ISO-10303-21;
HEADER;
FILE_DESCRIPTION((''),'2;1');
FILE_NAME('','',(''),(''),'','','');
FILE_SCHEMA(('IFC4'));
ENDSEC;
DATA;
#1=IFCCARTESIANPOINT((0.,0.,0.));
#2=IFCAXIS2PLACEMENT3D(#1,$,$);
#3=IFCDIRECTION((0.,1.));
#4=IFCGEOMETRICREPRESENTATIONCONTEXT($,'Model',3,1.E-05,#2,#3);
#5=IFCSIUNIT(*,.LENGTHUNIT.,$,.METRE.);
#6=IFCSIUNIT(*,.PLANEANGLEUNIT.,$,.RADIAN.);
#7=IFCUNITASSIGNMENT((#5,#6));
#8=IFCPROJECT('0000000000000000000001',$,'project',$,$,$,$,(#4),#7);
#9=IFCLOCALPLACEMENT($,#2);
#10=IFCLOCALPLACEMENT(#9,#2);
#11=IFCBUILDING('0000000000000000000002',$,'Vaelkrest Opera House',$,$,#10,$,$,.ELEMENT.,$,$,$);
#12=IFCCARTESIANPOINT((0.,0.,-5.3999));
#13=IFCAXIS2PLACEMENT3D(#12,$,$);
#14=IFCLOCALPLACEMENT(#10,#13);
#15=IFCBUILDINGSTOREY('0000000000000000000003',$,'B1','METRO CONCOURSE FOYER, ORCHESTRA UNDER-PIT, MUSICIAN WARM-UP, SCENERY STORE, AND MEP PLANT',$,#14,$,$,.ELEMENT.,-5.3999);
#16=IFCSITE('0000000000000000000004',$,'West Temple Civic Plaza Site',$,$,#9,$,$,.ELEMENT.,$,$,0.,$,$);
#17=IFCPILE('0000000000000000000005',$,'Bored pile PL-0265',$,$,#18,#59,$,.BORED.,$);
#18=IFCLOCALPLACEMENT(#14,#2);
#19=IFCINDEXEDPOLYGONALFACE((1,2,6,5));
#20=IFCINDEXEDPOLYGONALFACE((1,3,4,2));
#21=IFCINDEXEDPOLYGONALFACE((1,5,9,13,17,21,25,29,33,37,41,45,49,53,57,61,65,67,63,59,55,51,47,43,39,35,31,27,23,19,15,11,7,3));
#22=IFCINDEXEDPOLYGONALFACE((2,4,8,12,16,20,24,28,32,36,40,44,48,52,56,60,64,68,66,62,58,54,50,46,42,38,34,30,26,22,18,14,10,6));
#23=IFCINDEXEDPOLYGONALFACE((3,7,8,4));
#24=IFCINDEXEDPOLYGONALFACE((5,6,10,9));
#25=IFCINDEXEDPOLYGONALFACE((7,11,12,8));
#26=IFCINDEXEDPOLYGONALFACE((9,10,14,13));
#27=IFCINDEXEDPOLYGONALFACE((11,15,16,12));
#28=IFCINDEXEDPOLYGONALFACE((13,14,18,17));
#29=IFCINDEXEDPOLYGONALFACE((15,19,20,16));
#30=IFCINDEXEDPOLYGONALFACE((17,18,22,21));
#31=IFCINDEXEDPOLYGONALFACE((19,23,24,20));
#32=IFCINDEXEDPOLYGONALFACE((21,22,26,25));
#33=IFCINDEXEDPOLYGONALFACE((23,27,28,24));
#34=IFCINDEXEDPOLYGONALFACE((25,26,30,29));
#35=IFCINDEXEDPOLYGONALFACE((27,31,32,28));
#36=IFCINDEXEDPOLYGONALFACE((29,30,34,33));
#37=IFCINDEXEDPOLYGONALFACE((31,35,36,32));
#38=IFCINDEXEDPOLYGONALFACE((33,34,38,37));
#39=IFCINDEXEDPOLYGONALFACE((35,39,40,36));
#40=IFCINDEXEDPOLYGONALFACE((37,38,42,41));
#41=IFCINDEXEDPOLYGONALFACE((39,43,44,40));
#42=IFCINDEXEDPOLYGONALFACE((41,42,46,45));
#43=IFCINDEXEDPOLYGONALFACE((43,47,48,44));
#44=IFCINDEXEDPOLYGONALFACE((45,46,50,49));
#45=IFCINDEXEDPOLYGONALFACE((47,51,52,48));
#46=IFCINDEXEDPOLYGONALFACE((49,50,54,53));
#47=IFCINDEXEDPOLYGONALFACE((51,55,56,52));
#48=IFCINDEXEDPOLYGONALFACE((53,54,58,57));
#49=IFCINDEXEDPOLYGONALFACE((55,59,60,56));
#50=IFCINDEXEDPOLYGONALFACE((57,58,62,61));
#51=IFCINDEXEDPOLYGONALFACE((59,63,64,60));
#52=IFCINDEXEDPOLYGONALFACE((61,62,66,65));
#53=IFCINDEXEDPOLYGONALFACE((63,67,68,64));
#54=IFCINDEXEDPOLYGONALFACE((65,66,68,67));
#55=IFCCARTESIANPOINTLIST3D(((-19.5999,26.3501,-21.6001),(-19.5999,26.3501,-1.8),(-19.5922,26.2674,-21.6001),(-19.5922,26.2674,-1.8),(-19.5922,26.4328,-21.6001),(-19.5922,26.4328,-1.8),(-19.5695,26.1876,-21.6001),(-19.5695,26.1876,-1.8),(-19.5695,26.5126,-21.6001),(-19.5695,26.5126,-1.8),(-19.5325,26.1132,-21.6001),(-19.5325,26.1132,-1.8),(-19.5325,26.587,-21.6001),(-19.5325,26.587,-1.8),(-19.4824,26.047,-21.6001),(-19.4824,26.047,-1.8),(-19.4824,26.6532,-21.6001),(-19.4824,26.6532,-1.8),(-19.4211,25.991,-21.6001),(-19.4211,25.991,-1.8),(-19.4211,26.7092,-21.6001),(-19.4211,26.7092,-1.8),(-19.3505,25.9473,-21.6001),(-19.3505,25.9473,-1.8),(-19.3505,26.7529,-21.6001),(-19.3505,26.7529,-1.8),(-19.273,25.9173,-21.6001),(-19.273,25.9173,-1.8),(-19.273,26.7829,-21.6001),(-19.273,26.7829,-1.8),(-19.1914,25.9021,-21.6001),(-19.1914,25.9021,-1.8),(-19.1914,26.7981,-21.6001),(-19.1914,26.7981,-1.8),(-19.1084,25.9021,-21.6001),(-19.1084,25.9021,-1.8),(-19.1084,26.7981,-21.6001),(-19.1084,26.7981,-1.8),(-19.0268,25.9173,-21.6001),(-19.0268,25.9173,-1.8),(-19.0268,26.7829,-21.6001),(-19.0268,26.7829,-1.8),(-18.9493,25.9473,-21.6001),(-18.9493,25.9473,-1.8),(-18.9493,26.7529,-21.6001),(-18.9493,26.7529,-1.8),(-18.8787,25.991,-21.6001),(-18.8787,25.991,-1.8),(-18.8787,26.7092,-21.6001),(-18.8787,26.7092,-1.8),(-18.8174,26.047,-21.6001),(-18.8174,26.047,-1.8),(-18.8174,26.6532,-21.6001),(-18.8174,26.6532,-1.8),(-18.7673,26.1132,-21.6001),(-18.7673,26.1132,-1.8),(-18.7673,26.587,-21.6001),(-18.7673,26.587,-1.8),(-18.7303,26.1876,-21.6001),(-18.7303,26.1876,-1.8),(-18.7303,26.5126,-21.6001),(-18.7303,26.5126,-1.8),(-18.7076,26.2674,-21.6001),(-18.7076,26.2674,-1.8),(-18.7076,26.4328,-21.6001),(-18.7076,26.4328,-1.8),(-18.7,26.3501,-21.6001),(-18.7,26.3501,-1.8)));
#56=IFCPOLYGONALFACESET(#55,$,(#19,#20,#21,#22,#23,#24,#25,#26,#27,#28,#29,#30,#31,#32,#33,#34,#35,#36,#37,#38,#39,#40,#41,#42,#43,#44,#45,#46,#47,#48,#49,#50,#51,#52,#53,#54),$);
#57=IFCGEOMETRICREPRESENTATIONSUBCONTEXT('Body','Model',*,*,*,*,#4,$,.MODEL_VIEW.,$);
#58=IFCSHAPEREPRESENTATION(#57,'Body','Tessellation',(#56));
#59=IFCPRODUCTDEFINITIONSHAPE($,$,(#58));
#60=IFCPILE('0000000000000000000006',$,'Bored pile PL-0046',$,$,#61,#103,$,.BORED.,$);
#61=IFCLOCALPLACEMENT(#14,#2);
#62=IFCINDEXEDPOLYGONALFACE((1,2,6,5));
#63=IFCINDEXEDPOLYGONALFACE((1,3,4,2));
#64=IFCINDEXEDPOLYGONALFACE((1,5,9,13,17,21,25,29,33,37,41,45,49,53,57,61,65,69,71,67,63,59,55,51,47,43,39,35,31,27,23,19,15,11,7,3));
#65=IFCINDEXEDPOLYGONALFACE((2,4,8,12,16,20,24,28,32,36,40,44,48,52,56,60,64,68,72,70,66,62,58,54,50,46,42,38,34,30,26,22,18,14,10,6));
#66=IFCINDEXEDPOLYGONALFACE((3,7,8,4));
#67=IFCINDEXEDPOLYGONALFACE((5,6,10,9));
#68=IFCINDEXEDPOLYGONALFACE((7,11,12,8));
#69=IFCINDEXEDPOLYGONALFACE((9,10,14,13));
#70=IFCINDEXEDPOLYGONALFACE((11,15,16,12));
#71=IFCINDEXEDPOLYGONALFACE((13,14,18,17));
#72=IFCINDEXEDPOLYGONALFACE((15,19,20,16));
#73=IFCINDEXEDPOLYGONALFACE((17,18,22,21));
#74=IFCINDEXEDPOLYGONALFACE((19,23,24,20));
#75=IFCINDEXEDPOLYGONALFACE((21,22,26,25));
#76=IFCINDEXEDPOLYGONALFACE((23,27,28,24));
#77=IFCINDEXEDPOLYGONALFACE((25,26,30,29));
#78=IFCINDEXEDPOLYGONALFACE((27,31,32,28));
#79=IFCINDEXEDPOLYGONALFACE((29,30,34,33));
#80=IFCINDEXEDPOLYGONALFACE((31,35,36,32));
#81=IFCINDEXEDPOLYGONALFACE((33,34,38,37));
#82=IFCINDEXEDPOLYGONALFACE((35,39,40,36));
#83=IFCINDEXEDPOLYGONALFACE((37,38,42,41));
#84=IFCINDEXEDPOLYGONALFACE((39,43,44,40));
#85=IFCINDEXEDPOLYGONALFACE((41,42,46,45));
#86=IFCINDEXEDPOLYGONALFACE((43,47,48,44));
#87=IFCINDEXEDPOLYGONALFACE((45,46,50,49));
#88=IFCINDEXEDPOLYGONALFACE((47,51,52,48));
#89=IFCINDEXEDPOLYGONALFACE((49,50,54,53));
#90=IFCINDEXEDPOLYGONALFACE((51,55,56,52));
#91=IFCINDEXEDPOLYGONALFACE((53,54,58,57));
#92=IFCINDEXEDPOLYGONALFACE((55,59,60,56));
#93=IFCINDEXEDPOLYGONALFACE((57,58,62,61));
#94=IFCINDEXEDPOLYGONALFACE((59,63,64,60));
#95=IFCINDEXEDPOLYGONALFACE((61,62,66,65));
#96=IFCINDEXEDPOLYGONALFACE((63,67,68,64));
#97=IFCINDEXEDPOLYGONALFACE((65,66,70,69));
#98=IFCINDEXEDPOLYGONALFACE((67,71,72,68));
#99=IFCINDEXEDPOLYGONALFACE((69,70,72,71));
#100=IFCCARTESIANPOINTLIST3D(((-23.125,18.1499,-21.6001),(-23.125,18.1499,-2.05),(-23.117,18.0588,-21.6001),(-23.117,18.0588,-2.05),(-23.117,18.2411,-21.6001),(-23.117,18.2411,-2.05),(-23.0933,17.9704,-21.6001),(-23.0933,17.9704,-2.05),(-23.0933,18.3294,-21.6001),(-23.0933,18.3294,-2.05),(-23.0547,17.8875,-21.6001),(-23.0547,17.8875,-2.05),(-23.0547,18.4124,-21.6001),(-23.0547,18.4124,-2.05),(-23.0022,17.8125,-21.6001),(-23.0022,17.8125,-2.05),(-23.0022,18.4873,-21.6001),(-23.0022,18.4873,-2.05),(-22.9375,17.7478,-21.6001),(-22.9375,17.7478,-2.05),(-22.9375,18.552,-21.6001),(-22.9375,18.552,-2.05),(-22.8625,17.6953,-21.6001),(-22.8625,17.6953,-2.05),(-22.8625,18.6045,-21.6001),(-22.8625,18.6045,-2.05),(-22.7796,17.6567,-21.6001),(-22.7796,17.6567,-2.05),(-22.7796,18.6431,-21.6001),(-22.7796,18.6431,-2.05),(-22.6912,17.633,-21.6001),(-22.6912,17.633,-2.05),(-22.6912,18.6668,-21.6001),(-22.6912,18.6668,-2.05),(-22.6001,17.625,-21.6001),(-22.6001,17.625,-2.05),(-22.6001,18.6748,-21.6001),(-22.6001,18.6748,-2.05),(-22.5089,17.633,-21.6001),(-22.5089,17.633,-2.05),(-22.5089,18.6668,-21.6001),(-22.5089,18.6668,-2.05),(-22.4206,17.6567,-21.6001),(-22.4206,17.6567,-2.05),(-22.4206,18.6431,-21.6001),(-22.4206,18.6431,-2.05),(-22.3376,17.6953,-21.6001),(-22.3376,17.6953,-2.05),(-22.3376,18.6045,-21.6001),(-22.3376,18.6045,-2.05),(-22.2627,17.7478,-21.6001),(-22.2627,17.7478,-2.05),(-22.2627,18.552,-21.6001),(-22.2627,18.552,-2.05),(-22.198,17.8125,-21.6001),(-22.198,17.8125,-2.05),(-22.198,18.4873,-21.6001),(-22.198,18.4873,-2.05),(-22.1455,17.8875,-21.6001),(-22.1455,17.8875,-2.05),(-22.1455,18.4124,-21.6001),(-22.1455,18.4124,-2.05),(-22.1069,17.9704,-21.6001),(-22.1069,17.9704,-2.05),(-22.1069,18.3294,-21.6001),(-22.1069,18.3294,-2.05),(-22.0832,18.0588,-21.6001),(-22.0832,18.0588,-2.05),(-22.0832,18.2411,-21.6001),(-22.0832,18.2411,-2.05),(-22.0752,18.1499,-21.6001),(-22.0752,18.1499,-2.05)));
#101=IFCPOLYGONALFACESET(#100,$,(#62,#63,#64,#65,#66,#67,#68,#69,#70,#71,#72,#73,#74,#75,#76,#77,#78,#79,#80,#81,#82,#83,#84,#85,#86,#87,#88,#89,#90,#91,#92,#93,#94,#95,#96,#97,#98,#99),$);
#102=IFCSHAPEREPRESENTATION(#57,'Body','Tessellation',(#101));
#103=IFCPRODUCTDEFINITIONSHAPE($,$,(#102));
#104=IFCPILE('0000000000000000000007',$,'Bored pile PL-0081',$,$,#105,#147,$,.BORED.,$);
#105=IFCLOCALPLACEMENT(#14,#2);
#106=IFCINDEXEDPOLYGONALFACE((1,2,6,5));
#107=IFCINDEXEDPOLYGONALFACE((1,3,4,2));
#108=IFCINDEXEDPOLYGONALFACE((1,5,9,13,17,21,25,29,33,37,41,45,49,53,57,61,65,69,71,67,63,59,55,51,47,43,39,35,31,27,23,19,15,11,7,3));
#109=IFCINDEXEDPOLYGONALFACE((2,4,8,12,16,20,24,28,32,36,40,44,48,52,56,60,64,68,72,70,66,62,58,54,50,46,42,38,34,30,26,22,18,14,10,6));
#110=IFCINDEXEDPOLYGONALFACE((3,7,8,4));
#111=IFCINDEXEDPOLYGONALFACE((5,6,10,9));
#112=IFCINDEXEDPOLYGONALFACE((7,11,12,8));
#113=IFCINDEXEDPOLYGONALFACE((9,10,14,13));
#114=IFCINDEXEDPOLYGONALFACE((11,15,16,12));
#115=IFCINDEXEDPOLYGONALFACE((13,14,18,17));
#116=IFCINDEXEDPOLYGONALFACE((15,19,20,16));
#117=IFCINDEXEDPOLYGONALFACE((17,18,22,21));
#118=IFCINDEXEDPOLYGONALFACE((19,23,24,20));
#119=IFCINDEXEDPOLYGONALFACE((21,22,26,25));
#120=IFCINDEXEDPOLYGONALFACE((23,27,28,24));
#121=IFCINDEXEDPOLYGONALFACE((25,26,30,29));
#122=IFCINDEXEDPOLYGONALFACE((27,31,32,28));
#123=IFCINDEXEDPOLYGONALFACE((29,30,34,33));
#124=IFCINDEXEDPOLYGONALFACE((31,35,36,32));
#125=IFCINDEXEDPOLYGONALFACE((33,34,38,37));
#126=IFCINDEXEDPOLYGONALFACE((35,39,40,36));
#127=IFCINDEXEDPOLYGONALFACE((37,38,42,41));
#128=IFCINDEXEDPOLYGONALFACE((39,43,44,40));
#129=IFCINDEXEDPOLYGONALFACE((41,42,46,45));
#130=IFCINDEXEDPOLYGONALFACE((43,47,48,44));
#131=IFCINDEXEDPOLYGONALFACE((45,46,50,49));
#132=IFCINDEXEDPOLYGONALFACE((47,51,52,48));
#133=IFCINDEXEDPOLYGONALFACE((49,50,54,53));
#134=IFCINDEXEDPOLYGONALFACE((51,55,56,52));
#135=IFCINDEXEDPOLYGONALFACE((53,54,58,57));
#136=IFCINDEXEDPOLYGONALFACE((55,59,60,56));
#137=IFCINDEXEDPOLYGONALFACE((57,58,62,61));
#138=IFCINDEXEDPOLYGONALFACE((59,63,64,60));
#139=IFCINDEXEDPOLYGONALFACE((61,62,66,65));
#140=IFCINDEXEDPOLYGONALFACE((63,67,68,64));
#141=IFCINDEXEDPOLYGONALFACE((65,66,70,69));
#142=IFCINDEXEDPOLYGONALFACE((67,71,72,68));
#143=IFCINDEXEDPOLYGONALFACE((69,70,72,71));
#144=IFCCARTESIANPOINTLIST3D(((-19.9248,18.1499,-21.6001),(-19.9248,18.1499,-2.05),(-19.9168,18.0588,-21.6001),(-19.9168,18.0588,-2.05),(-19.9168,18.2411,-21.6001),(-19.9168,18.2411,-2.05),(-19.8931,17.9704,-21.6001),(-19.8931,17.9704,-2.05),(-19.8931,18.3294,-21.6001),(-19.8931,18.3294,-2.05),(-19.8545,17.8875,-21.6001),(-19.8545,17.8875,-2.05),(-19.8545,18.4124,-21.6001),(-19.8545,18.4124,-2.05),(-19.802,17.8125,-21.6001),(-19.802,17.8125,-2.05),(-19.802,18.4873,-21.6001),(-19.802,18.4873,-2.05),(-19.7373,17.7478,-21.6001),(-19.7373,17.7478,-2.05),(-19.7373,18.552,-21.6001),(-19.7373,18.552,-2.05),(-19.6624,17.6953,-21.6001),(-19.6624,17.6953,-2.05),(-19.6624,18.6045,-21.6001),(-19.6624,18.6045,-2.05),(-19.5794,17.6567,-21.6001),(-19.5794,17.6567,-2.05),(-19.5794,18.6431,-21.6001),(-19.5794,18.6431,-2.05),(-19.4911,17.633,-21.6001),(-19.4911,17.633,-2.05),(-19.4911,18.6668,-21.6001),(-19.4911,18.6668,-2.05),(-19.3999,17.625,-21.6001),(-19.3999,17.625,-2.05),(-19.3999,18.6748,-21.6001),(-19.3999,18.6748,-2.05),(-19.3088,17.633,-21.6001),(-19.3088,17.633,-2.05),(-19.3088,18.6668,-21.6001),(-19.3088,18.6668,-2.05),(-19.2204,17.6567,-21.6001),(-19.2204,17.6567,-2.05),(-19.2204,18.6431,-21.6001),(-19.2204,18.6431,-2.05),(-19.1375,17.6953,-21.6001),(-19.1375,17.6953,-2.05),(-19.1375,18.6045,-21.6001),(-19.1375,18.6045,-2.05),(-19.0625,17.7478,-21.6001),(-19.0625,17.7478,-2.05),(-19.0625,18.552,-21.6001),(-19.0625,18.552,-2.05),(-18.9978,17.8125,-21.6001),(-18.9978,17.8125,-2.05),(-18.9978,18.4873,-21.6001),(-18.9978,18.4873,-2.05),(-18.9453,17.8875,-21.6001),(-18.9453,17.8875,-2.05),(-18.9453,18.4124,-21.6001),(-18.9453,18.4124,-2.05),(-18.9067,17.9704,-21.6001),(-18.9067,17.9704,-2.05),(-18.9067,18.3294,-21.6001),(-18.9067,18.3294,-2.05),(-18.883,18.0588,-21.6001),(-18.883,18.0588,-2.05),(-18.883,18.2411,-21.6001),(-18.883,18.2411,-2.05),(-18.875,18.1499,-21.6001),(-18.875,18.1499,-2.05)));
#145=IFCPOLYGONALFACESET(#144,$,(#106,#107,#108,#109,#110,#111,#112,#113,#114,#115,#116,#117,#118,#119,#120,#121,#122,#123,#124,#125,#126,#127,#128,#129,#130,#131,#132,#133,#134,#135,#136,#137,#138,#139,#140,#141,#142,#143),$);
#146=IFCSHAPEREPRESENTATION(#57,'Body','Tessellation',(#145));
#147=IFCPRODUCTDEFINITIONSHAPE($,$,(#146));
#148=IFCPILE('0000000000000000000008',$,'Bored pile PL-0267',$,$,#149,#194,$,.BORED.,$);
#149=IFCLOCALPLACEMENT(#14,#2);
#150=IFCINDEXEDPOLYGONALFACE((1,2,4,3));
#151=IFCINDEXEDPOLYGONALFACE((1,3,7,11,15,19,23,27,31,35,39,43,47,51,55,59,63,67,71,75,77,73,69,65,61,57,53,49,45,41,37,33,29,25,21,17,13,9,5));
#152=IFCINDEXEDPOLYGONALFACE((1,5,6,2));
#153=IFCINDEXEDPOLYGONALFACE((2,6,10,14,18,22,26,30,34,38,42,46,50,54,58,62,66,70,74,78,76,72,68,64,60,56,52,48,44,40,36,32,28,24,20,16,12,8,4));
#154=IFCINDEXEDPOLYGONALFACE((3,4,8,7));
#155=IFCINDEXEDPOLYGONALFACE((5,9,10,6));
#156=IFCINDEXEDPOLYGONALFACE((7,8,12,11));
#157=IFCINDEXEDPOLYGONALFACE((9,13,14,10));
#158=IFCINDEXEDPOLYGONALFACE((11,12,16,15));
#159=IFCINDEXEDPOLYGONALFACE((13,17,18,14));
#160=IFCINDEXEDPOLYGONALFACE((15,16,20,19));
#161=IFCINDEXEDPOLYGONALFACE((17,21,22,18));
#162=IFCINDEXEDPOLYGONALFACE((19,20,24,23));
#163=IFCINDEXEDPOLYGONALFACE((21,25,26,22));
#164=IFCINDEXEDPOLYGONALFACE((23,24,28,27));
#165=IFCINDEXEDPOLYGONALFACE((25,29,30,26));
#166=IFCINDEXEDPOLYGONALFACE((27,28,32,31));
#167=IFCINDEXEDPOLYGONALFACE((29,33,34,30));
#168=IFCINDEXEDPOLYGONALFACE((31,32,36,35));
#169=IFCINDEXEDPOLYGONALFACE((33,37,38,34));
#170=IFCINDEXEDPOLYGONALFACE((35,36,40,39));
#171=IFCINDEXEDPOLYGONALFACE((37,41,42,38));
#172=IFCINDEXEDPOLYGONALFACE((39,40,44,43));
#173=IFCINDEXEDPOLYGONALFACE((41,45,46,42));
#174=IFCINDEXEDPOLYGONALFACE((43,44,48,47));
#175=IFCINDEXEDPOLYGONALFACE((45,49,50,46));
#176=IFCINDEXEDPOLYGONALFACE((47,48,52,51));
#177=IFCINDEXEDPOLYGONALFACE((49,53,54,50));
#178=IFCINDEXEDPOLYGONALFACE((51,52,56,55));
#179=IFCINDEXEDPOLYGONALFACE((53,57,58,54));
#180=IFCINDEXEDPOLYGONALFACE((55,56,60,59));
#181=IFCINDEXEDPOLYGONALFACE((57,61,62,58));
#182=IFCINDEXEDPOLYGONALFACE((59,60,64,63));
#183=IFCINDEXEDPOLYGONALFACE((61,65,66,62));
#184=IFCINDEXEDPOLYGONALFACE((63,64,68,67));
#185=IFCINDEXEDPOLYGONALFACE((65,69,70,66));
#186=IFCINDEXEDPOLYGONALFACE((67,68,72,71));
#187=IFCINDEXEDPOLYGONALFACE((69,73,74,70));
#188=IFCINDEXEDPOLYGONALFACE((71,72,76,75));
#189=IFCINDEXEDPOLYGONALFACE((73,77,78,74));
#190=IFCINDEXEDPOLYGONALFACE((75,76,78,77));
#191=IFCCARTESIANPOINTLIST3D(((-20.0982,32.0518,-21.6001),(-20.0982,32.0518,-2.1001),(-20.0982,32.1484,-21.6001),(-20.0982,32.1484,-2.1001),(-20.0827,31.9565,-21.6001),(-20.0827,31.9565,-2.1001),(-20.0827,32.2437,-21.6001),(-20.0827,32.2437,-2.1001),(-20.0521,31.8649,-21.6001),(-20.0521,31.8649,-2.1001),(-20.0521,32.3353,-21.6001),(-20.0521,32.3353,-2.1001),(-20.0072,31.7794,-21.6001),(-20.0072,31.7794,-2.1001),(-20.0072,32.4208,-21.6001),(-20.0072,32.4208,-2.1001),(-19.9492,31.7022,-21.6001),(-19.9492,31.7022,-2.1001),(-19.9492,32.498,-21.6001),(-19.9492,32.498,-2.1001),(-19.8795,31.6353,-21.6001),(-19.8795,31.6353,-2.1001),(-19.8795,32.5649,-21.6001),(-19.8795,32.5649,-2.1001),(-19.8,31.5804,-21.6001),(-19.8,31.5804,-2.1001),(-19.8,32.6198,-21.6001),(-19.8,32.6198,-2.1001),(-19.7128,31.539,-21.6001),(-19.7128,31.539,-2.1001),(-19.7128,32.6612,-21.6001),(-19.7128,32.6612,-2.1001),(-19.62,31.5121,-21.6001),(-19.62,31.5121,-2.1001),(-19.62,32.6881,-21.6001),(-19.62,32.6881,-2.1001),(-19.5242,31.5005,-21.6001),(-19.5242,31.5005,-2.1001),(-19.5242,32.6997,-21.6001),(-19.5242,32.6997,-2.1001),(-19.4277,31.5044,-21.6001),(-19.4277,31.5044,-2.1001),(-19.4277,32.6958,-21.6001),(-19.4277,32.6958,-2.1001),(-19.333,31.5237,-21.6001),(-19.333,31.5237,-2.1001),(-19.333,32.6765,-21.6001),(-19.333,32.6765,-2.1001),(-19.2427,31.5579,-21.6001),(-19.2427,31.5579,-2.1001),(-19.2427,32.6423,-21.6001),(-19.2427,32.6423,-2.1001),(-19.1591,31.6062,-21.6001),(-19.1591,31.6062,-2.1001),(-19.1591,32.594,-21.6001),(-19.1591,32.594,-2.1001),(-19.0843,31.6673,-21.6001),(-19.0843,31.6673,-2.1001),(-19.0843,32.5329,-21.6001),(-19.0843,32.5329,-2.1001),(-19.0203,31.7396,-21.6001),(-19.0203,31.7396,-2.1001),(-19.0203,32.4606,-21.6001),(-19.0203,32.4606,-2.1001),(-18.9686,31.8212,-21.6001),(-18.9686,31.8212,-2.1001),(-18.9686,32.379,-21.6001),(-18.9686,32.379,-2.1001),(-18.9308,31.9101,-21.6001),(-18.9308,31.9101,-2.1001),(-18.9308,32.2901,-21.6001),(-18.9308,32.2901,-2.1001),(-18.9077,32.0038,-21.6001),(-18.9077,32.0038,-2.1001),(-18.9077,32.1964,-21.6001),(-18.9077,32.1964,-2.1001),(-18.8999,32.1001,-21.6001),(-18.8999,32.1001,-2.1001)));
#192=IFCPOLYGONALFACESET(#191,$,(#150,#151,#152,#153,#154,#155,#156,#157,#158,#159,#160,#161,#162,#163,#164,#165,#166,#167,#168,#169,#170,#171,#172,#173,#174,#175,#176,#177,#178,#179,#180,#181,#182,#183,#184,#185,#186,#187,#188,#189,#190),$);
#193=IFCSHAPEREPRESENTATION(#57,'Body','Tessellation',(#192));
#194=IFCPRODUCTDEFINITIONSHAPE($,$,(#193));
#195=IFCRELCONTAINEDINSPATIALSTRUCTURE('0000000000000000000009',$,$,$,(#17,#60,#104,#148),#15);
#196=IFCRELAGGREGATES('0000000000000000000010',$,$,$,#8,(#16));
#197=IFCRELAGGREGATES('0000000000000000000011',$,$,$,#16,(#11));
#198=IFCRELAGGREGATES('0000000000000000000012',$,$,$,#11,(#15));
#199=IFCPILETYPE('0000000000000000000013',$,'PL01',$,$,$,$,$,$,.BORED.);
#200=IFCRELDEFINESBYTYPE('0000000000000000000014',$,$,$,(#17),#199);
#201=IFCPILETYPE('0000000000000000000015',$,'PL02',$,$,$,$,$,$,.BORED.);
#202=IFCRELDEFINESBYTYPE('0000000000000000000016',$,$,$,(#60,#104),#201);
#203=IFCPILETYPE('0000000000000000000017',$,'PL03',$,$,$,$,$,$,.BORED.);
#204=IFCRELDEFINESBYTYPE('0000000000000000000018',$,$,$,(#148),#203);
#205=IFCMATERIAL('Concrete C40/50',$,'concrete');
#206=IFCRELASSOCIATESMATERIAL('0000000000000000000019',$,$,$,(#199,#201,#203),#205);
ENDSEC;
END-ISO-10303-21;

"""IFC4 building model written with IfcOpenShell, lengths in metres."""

from ifc_helpers import new_model, si_unit, direction, frame, origin, origin_2d, place, context, subcontext, project, spatial, circle, extrude, material, material_profile, profile_set, type_object, element, save


model = new_model("IFC4")

# Units and contexts
model_context = context("Model", 3, precision=1e-05, world=origin(), true_north=direction((0.0, 1.0)))
body_context = subcontext(model_context, "Body", "Model", "MODEL_VIEW")
ifc_project = project(units=[si_unit("LENGTHUNIT", "METRE"), si_unit("PLANEANGLEUNIT", "RADIAN")], contexts=[model_context])

# Site, building, storey
site_placement = place(None, origin())
site = spatial("IfcSite", under=ifc_project, at=site_placement, Name="West Temple Civic Plaza Site", CompositionType="ELEMENT", RefElevation=0.0)
building_placement = place(site_placement, origin())
building = spatial("IfcBuilding", under=site, at=building_placement, Name="Vaelkrest Opera House", CompositionType="ELEMENT")
storey_placement = place(building_placement, frame((0.0, 0.0, -5.3999)))
storey = spatial("IfcBuildingStorey", under=building, at=storey_placement, Name="B1", Description="METRO CONCOURSE FOYER, ORCHESTRA UNDER-PIT, MUSICIAN WARM-UP, SCENERY STORE, AND MEP PLANT", CompositionType="ELEMENT", Elevation=-5.3999)

# Shared definitions
ifc_material_1 = material(Name="Concrete C40/50", Category="concrete")

# Piles
ifc_material_profile_1 = material_profile(ifc_material_1, circle(Radius=0.45, at=origin_2d()), Name="PILE900")
ifc_profile_set_1 = profile_set([ifc_material_profile_1], Name="Concrete C40/50")
pile_type_1 = type_object("IfcPileType", Name="PL01", PredefinedType="BORED", material=ifc_profile_set_1)
for number, where, z_axis, x_axis, name in (
    (1, (-19.1499, 26.3501, -1.8), (0.0, 0.0, -1.0), (1.0, 0.0, 0.0), "Bored pile PL-0265"),
):
    element("IfcPile", number, at=place(storey_placement, frame(where, z_axis=z_axis, x_axis=x_axis)), inside=storey, type_object=pile_type_1, Name=name, PredefinedType="BORED", context=body_context, shape_type="SweptSolid", body=[
        extrude(circle(Radius=0.45, at=origin_2d()), origin(), (0.0, 0.0, 1.0), 19.8),
    ])
ifc_material_profile_2 = material_profile(ifc_material_1, circle(Radius=0.5249, at=origin_2d()), Name="PILE1050")
ifc_profile_set_2 = profile_set([ifc_material_profile_2], Name="Concrete C40/50")
pile_type_2 = type_object("IfcPileType", Name="PL02", PredefinedType="BORED", material=ifc_profile_set_2)
for number, where, z_axis, x_axis, name in (
    (2, (-22.6001, 18.1499, -2.05), (0.0, 0.0, -1.0), (1.0, 0.0, 0.0), "Bored pile PL-0046"),
    (3, (-19.3999, 18.1499, -2.05), (0.0, 0.0, -1.0), (1.0, 0.0, 0.0), "Bored pile PL-0081"),
):
    element("IfcPile", number, at=place(storey_placement, frame(where, z_axis=z_axis, x_axis=x_axis)), inside=storey, type_object=pile_type_2, Name=name, PredefinedType="BORED", context=body_context, shape_type="SweptSolid", body=[
        extrude(circle(Radius=0.5249, at=origin_2d()), origin(), (0.0, 0.0, 1.0), 19.55),
    ])
ifc_material_profile_3 = material_profile(ifc_material_1, circle(Radius=0.6001, at=origin_2d()), Name="PILE1200")
ifc_profile_set_3 = profile_set([ifc_material_profile_3], Name="Concrete C40/50")
pile_type_3 = type_object("IfcPileType", Name="PL03", PredefinedType="BORED", material=ifc_profile_set_3)
pile_placement = place(storey_placement, frame((-19.5, 32.1001, -2.1001), z_axis=(0.0, 0.0, -1.0), x_axis=(1.0, 0.0, 0.0)))
element("IfcPile", 4, at=pile_placement, inside=storey, type_object=pile_type_3, Name="Bored pile PL-0267", PredefinedType="BORED", context=body_context, shape_type="SweptSolid", body=[
    extrude(circle(Radius=0.6001, at=origin_2d()), origin(), (0.0, 0.0, 1.0), 19.5),
])

save(model, "model.ifc")
